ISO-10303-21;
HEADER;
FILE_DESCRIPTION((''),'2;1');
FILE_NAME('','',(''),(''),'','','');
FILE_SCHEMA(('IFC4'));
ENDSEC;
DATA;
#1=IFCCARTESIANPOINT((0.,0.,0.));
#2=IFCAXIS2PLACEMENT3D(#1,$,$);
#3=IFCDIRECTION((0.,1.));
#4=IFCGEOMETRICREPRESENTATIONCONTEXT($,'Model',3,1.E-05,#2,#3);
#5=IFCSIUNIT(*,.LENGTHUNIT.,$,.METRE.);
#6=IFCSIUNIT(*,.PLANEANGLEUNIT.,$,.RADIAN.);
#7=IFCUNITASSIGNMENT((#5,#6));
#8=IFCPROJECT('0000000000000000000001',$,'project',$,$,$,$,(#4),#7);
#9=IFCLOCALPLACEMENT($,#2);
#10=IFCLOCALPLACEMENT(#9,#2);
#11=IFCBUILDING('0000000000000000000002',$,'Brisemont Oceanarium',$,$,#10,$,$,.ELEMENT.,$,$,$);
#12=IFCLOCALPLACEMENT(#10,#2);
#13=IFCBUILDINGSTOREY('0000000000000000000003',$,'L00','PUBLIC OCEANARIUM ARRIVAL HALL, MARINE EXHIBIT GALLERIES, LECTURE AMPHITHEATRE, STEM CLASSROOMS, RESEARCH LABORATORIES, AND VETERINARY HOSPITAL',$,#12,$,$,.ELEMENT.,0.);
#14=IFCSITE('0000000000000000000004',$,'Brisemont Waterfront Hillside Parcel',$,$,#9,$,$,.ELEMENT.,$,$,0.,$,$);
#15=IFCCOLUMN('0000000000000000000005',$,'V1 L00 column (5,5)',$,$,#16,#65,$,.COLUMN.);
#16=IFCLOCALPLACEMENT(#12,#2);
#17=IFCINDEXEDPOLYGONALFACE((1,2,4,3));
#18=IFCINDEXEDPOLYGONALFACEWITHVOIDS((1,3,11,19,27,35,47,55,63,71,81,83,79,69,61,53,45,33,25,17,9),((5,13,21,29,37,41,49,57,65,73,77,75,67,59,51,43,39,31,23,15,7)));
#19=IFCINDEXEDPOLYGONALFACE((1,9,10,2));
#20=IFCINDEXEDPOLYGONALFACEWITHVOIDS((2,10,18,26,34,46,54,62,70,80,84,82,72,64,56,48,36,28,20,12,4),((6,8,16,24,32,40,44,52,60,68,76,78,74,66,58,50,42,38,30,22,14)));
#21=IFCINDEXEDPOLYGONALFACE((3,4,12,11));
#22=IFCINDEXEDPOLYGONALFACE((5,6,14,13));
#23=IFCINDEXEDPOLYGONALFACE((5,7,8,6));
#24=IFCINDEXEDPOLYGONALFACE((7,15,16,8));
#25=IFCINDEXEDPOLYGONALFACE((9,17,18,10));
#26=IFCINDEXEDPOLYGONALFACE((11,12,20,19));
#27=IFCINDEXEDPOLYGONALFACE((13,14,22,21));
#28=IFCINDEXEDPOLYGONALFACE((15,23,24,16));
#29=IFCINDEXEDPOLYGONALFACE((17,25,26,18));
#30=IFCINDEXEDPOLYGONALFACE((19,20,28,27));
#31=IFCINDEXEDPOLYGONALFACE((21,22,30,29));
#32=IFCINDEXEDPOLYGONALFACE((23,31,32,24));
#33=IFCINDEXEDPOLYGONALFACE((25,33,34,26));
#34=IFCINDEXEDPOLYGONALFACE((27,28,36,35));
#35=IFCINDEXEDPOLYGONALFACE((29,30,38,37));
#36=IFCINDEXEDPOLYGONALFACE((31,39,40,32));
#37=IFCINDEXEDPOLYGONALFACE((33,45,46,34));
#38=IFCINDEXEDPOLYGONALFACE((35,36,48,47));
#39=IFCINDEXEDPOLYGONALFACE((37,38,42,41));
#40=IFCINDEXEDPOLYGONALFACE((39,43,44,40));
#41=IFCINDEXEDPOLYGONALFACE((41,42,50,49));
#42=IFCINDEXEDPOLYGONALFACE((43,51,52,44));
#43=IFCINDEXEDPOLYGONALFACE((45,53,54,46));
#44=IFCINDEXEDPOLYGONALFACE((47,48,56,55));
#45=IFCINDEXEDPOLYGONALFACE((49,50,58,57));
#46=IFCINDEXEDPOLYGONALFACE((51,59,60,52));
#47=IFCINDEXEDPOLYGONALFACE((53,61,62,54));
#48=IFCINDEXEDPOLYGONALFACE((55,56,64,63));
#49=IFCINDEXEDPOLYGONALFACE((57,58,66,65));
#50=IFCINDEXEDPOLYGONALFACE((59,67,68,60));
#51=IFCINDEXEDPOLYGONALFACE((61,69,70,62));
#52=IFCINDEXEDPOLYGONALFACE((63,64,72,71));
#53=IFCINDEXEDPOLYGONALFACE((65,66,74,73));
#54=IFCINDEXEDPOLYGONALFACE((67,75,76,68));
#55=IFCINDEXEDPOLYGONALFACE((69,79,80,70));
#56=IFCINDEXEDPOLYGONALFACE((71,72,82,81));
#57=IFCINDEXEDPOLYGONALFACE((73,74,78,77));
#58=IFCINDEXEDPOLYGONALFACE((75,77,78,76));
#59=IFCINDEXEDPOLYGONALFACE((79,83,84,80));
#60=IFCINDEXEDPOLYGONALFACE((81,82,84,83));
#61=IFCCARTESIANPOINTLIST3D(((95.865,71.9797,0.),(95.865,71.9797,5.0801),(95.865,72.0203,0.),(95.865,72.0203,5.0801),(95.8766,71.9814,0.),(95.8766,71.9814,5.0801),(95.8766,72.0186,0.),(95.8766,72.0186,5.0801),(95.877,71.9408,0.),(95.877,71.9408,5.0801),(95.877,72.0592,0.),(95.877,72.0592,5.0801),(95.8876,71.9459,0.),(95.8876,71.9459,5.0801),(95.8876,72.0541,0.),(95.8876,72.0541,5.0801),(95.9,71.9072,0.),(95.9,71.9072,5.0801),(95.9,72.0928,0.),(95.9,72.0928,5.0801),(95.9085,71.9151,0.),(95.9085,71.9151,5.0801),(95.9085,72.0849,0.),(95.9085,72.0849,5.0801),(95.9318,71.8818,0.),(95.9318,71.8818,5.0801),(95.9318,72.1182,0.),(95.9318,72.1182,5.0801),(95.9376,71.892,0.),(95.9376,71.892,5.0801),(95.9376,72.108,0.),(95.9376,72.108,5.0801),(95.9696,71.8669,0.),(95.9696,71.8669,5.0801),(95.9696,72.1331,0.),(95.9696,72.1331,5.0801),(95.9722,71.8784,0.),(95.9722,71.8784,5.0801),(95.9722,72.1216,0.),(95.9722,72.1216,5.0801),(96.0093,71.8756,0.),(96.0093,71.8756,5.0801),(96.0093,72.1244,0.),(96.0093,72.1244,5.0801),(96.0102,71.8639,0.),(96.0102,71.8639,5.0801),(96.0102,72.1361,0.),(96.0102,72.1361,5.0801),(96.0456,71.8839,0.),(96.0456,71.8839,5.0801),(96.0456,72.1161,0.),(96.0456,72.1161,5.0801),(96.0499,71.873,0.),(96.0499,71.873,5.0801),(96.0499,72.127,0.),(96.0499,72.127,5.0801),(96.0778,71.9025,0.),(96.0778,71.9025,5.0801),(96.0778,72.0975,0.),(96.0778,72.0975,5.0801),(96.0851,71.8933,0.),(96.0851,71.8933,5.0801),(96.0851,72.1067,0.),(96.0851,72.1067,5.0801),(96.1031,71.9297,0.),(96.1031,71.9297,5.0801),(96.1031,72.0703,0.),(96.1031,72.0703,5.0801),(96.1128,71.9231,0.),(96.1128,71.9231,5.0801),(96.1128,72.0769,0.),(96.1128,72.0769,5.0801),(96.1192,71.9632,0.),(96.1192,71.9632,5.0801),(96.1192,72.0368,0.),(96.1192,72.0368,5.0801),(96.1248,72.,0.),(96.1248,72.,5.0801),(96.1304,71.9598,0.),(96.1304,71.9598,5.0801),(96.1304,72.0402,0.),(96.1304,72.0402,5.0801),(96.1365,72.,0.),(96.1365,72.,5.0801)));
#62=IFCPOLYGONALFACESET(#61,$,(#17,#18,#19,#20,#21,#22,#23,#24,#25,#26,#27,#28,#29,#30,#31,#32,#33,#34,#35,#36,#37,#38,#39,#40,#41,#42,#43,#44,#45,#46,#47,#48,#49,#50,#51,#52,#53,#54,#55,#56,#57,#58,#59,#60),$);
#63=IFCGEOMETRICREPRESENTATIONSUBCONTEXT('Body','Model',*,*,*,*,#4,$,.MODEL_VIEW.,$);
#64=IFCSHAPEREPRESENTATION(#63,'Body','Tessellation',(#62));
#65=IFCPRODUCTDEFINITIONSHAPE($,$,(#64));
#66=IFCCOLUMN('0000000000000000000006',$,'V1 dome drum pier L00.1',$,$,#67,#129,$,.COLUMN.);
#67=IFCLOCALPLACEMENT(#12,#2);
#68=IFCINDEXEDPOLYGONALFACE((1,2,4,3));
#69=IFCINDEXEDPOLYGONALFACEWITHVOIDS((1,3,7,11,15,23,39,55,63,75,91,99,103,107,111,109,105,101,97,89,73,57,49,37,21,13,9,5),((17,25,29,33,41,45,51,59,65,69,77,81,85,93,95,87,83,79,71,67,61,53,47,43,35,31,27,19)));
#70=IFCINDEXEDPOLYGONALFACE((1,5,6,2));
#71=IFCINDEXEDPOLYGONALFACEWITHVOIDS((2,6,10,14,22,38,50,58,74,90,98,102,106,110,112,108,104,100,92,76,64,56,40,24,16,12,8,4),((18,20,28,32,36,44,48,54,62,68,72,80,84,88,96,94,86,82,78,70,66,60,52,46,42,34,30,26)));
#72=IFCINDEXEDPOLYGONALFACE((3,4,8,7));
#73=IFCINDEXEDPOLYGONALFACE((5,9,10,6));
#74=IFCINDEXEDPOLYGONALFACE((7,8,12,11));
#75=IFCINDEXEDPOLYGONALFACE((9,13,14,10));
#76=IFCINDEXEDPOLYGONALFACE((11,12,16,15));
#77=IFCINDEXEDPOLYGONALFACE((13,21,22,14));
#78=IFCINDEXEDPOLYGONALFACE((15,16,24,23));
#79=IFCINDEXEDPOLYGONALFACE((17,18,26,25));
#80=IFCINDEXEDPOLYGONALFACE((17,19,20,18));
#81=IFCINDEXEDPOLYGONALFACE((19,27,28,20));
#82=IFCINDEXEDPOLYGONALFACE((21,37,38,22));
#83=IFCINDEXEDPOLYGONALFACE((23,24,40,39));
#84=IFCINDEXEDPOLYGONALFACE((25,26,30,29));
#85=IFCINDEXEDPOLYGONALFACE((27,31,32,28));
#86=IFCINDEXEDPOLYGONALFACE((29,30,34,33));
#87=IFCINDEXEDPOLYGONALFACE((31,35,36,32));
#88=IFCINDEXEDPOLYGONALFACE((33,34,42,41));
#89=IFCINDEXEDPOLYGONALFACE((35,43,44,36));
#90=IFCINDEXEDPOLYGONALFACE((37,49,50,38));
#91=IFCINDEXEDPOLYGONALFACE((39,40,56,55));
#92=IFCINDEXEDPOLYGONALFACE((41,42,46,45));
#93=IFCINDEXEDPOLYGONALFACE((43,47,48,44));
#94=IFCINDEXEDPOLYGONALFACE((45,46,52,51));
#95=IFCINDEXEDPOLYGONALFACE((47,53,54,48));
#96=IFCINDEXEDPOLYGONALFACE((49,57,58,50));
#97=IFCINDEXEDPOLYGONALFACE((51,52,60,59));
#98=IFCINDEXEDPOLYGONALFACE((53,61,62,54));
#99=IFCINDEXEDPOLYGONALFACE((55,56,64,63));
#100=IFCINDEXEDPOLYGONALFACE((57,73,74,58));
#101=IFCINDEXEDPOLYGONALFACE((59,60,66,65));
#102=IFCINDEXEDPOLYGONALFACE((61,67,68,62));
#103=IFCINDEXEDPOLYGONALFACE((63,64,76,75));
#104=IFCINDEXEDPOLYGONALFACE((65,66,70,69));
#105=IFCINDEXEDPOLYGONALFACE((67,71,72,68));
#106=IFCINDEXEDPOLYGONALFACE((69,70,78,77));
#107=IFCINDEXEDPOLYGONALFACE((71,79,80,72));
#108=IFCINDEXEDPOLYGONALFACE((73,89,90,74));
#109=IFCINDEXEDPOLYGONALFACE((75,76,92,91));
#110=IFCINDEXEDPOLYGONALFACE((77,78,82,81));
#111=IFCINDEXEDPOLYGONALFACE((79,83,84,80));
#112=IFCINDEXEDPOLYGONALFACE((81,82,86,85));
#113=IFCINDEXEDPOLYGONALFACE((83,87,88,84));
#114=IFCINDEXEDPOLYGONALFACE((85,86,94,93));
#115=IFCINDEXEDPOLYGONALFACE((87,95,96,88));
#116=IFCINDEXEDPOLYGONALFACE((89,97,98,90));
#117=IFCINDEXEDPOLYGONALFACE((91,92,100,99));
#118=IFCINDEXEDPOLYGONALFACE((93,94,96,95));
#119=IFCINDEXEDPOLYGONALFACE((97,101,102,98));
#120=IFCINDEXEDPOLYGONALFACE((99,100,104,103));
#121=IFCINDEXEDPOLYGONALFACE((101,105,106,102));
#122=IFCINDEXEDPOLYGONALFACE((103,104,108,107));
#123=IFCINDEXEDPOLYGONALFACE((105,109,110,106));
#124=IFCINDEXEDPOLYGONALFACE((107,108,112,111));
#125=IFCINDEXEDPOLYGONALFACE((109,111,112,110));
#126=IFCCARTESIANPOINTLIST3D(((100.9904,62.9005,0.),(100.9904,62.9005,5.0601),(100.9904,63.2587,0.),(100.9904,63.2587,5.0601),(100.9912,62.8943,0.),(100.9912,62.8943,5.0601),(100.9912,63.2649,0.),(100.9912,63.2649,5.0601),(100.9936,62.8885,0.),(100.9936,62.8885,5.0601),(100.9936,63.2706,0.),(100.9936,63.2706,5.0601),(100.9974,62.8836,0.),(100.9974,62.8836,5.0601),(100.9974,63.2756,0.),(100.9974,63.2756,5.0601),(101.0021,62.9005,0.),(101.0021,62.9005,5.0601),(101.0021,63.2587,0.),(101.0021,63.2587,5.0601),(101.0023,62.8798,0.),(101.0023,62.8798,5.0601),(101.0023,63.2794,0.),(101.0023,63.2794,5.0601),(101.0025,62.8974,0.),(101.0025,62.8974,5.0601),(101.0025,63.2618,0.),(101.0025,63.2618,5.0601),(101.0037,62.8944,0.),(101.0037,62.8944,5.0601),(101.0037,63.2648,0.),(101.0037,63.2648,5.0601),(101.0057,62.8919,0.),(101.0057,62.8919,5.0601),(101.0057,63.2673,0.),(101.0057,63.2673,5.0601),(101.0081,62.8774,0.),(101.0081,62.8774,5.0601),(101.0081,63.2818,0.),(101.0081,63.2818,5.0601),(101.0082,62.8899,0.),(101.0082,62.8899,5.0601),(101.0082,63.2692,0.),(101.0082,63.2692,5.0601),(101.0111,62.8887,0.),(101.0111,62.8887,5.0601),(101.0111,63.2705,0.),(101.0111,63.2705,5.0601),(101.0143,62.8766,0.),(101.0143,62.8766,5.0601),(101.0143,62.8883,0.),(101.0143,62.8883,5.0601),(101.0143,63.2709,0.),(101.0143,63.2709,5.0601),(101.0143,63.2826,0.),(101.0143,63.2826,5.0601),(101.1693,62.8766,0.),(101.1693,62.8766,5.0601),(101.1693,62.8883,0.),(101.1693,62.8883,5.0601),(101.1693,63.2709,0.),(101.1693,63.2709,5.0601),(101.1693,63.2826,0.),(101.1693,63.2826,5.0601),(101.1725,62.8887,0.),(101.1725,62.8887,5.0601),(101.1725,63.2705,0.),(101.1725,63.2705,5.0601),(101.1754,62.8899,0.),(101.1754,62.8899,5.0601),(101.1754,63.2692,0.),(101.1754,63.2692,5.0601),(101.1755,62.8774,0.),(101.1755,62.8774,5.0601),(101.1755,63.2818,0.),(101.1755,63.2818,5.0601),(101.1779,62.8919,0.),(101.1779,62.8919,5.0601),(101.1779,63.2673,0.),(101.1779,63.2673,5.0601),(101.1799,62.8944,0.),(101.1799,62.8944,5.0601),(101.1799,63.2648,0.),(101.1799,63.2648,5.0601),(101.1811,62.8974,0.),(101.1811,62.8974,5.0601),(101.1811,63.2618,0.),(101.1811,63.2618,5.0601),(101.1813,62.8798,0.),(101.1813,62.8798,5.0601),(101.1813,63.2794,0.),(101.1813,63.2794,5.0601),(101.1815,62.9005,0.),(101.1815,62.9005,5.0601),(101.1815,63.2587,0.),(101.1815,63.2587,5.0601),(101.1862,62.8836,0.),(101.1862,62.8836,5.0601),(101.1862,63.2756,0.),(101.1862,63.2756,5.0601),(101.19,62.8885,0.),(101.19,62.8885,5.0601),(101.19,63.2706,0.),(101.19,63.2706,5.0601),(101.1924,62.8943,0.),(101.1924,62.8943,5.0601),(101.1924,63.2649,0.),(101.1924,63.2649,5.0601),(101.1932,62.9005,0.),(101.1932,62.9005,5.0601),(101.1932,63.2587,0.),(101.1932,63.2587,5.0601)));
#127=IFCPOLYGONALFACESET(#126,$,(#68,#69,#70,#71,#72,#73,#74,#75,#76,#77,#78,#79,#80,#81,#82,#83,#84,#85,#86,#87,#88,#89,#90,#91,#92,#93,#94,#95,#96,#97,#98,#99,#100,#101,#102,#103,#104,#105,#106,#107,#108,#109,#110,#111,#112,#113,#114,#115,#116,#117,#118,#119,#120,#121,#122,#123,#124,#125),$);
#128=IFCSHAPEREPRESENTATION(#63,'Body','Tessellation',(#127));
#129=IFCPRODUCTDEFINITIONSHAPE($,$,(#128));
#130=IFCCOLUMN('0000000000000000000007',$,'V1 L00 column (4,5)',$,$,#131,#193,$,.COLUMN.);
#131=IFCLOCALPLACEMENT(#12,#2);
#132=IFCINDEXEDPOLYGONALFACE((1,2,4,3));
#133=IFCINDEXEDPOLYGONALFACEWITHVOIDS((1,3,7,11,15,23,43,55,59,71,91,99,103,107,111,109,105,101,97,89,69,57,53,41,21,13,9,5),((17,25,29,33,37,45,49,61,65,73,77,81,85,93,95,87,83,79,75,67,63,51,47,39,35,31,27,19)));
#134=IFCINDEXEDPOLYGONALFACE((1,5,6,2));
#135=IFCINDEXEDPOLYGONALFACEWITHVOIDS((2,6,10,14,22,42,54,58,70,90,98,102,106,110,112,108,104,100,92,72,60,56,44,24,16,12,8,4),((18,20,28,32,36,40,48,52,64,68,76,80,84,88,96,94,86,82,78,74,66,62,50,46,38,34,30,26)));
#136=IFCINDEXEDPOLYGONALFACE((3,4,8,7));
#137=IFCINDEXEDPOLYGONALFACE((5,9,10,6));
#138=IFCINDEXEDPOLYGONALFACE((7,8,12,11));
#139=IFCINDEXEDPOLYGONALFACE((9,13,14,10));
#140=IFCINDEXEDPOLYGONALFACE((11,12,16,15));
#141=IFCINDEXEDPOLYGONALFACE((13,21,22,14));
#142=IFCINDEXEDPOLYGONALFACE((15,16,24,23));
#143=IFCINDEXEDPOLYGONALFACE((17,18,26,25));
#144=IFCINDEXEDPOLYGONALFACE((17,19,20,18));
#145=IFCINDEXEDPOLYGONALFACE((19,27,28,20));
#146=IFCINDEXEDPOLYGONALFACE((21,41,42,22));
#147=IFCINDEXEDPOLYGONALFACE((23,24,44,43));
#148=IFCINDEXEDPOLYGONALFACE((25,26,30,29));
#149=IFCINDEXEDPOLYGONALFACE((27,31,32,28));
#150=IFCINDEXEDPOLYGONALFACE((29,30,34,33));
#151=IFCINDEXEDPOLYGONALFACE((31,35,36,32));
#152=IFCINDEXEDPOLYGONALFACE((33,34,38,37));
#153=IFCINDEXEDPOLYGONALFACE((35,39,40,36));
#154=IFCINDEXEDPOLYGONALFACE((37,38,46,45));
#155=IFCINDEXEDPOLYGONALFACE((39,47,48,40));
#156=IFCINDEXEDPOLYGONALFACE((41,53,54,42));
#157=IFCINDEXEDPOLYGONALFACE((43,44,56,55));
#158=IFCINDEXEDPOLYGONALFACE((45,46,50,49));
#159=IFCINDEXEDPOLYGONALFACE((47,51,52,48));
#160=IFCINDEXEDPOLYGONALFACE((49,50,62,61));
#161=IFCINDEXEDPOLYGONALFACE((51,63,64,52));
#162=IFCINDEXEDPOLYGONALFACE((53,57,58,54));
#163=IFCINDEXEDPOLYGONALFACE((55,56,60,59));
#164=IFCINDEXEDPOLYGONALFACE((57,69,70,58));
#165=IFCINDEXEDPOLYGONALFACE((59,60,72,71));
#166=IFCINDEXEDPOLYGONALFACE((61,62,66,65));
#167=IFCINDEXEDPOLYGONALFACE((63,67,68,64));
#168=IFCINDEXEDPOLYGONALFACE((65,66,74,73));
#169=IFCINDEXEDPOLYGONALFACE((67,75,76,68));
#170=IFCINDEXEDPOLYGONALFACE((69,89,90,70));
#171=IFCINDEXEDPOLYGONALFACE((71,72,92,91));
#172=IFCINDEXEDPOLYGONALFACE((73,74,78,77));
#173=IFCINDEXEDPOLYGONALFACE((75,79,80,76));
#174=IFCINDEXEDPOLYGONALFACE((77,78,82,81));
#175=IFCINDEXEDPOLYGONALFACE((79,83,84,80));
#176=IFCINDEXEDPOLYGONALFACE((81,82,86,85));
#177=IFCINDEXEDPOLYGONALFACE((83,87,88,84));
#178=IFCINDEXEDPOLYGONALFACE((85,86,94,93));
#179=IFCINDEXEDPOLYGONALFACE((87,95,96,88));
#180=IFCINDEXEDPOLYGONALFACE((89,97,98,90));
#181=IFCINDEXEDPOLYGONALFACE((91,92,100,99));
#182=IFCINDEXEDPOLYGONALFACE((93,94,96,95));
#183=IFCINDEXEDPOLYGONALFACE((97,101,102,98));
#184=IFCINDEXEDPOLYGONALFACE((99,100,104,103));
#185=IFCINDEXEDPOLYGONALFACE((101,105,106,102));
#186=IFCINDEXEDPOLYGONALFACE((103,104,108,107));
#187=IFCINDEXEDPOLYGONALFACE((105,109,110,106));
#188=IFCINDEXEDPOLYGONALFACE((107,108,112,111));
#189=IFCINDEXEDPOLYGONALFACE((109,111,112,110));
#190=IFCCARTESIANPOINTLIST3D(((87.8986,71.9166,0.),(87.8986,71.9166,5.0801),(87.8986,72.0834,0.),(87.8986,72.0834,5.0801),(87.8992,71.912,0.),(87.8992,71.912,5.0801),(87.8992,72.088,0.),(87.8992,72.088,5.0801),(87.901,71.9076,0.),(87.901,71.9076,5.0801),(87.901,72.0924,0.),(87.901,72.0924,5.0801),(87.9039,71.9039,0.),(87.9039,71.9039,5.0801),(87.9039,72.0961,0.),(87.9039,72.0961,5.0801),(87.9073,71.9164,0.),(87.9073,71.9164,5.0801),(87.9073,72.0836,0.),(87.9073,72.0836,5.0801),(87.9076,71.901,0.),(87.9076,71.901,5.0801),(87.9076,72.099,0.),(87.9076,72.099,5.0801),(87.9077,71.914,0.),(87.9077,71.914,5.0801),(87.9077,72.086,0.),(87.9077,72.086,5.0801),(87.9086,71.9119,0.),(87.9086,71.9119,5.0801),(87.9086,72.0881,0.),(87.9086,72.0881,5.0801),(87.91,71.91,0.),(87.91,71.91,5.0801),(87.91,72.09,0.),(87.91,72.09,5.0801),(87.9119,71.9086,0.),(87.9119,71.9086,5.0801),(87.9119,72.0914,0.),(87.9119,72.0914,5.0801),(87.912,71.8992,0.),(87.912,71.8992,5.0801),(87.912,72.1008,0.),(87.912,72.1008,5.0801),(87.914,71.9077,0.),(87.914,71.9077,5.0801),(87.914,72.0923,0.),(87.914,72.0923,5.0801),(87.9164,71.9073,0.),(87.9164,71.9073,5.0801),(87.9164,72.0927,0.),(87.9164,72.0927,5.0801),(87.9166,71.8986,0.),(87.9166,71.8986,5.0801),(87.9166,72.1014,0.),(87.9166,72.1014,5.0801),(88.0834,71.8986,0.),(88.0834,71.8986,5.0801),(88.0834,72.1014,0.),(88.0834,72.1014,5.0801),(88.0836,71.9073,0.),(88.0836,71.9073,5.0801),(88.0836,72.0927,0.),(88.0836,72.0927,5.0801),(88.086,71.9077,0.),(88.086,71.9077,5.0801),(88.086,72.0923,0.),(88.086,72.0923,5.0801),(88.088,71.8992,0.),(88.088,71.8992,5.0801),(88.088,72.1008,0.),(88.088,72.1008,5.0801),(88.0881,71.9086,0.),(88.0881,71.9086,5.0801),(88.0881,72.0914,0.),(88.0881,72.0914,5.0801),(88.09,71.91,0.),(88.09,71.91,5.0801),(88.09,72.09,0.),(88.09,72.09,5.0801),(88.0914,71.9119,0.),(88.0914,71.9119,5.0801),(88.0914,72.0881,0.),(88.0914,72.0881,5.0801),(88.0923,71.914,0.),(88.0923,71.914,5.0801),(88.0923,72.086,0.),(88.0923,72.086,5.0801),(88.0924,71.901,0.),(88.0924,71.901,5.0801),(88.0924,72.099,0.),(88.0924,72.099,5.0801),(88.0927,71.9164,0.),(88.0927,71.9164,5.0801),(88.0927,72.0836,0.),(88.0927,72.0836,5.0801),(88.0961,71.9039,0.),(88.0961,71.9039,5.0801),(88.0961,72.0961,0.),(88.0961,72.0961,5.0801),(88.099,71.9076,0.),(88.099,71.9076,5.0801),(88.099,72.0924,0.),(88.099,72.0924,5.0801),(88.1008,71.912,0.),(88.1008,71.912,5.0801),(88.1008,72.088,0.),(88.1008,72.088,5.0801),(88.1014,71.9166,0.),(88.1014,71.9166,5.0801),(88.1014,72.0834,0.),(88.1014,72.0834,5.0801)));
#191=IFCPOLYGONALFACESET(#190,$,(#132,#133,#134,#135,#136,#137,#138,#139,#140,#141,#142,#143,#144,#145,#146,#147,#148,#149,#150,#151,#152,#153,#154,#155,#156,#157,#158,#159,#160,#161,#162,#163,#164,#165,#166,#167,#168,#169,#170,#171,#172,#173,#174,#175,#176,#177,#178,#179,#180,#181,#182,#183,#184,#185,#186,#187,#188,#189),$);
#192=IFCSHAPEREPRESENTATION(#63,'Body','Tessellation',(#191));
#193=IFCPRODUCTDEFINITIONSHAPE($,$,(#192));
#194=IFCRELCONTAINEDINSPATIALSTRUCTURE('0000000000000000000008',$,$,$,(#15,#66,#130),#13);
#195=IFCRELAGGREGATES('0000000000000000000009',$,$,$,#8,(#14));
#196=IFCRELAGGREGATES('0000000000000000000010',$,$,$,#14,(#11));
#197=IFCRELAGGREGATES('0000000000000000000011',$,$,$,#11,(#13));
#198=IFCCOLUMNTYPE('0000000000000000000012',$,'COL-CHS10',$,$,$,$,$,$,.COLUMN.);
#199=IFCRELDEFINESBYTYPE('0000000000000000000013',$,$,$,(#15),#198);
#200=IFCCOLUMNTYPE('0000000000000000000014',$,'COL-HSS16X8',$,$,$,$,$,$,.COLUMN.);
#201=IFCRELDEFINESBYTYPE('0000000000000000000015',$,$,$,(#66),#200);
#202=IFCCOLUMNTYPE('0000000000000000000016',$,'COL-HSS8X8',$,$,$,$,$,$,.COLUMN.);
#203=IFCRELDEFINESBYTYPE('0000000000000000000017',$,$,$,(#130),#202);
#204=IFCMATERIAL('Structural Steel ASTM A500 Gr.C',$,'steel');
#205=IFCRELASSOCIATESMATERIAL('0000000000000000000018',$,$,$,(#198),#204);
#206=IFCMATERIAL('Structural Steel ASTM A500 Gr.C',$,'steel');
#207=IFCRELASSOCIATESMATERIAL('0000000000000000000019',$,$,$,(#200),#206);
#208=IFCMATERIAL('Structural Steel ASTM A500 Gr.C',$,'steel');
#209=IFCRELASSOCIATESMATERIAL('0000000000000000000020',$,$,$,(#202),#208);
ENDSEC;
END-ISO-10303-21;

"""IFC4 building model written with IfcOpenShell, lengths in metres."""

from ifc_helpers import new_model, si_unit, direction, frame, origin, origin_2d, place, context, subcontext, project, spatial, hollow_rectangle, hollow_circle, extrude, material, material_profile, profile_set, type_object, element, save


model = new_model("IFC4")

# Units and contexts
model_context = context("Model", 3, precision=1e-05, world=origin(), true_north=direction((0.0, 1.0)))
body_context = subcontext(model_context, "Body", "Model", "MODEL_VIEW")
ifc_project = project(units=[si_unit("LENGTHUNIT", "METRE"), si_unit("PLANEANGLEUNIT", "RADIAN")], contexts=[model_context])

# Site, building, storey
site_placement = place(None, origin())
site = spatial("IfcSite", under=ifc_project, at=site_placement, Name="Brisemont Waterfront Hillside Parcel", CompositionType="ELEMENT", RefElevation=0.0)
building_placement = place(site_placement, origin())
building = spatial("IfcBuilding", under=site, at=building_placement, Name="Brisemont Oceanarium", CompositionType="ELEMENT")
storey_placement = place(building_placement, origin())
storey = spatial("IfcBuildingStorey", under=building, at=storey_placement, Name="L00", Description="PUBLIC OCEANARIUM ARRIVAL HALL, MARINE EXHIBIT GALLERIES, LECTURE AMPHITHEATRE, STEM CLASSROOMS, RESEARCH LABORATORIES, AND VETERINARY HOSPITAL", CompositionType="ELEMENT", Elevation=0.0)

# Columns
ifc_material_1 = material(Name="Structural Steel ASTM A500 Gr.C", Category="steel")
ifc_material_profile_1 = material_profile(ifc_material_1, hollow_circle(Radius=0.1365, WallThickness=0.0117, at=origin_2d()), Name="HSS10.750X0.500")
ifc_profile_set_1 = profile_set([ifc_material_profile_1], Name="Structural Steel ASTM A500 Gr.C")
column_type_1 = type_object("IfcColumnType", Name="COL-CHS10", PredefinedType="COLUMN", material=ifc_profile_set_1)
column_1_placement = place(storey_placement, frame((96.0, 72.0, 0.0), z_axis=(0.0, 0.0, 1.0), x_axis=(1.0, 0.0, 0.0)))
element("IfcColumn", 1, at=column_1_placement, inside=storey, type_object=column_type_1, Name="V1 L00 column (5,5)", PredefinedType="COLUMN", context=body_context, shape_type="SweptSolid", body=[
    extrude(hollow_circle(Radius=0.1365, WallThickness=0.0117, at=origin_2d()), origin(), (0.0, 0.0, 1.0), 5.0801),
])
ifc_material_2 = material(Name="Structural Steel ASTM A500 Gr.C", Category="steel")
ifc_material_profile_2 = material_profile(ifc_material_2, hollow_rectangle(XDim=0.2029, YDim=0.406, WallThickness=0.0117, InnerFilletRadius=0.0122, OuterFilletRadius=0.0239, at=origin_2d()), Name="HSS16X8X1/2")
ifc_profile_set_2 = profile_set([ifc_material_profile_2], Name="Structural Steel ASTM A500 Gr.C")
column_type_2 = type_object("IfcColumnType", Name="COL-HSS16X8", PredefinedType="COLUMN", material=ifc_profile_set_2)
column_2_placement = place(storey_placement, frame((101.0918, 63.0796, 0.0), z_axis=(0.0, 0.0, 1.0), x_axis=(1.0, 0.0, 0.0)))
element("IfcColumn", 2, at=column_2_placement, inside=storey, type_object=column_type_2, Name="V1 dome drum pier L00.1", PredefinedType="COLUMN", context=body_context, shape_type="SweptSolid", body=[
    extrude(hollow_rectangle(XDim=0.2029, YDim=0.406, WallThickness=0.0117, InnerFilletRadius=0.0122, OuterFilletRadius=0.0239, at=origin_2d()), origin(), (0.0, 0.0, 1.0), 5.0601),
])
ifc_material_3 = material(Name="Structural Steel ASTM A500 Gr.C", Category="steel")
ifc_material_profile_3 = material_profile(ifc_material_3, hollow_rectangle(XDim=0.2029, YDim=0.2029, WallThickness=0.0088, InnerFilletRadius=0.009, OuterFilletRadius=0.0181, at=origin_2d()), Name="HSS8X8X3/8")
ifc_profile_set_3 = profile_set([ifc_material_profile_3], Name="Structural Steel ASTM A500 Gr.C")
column_type_3 = type_object("IfcColumnType", Name="COL-HSS8X8", PredefinedType="COLUMN", material=ifc_profile_set_3)
column_3_placement = place(storey_placement, frame((88.0, 72.0, 0.0), z_axis=(0.0, 0.0, 1.0), x_axis=(0.0, 1.0, 0.0)))
element("IfcColumn", 3, at=column_3_placement, inside=storey, type_object=column_type_3, Name="V1 L00 column (4,5)", PredefinedType="COLUMN", context=body_context, shape_type="SweptSolid", body=[
    extrude(hollow_rectangle(XDim=0.2029, YDim=0.2029, WallThickness=0.0088, InnerFilletRadius=0.009, OuterFilletRadius=0.0181, at=origin_2d()), origin(), (0.0, 0.0, 1.0), 5.0801),
])

save(model, "model.ifc")
